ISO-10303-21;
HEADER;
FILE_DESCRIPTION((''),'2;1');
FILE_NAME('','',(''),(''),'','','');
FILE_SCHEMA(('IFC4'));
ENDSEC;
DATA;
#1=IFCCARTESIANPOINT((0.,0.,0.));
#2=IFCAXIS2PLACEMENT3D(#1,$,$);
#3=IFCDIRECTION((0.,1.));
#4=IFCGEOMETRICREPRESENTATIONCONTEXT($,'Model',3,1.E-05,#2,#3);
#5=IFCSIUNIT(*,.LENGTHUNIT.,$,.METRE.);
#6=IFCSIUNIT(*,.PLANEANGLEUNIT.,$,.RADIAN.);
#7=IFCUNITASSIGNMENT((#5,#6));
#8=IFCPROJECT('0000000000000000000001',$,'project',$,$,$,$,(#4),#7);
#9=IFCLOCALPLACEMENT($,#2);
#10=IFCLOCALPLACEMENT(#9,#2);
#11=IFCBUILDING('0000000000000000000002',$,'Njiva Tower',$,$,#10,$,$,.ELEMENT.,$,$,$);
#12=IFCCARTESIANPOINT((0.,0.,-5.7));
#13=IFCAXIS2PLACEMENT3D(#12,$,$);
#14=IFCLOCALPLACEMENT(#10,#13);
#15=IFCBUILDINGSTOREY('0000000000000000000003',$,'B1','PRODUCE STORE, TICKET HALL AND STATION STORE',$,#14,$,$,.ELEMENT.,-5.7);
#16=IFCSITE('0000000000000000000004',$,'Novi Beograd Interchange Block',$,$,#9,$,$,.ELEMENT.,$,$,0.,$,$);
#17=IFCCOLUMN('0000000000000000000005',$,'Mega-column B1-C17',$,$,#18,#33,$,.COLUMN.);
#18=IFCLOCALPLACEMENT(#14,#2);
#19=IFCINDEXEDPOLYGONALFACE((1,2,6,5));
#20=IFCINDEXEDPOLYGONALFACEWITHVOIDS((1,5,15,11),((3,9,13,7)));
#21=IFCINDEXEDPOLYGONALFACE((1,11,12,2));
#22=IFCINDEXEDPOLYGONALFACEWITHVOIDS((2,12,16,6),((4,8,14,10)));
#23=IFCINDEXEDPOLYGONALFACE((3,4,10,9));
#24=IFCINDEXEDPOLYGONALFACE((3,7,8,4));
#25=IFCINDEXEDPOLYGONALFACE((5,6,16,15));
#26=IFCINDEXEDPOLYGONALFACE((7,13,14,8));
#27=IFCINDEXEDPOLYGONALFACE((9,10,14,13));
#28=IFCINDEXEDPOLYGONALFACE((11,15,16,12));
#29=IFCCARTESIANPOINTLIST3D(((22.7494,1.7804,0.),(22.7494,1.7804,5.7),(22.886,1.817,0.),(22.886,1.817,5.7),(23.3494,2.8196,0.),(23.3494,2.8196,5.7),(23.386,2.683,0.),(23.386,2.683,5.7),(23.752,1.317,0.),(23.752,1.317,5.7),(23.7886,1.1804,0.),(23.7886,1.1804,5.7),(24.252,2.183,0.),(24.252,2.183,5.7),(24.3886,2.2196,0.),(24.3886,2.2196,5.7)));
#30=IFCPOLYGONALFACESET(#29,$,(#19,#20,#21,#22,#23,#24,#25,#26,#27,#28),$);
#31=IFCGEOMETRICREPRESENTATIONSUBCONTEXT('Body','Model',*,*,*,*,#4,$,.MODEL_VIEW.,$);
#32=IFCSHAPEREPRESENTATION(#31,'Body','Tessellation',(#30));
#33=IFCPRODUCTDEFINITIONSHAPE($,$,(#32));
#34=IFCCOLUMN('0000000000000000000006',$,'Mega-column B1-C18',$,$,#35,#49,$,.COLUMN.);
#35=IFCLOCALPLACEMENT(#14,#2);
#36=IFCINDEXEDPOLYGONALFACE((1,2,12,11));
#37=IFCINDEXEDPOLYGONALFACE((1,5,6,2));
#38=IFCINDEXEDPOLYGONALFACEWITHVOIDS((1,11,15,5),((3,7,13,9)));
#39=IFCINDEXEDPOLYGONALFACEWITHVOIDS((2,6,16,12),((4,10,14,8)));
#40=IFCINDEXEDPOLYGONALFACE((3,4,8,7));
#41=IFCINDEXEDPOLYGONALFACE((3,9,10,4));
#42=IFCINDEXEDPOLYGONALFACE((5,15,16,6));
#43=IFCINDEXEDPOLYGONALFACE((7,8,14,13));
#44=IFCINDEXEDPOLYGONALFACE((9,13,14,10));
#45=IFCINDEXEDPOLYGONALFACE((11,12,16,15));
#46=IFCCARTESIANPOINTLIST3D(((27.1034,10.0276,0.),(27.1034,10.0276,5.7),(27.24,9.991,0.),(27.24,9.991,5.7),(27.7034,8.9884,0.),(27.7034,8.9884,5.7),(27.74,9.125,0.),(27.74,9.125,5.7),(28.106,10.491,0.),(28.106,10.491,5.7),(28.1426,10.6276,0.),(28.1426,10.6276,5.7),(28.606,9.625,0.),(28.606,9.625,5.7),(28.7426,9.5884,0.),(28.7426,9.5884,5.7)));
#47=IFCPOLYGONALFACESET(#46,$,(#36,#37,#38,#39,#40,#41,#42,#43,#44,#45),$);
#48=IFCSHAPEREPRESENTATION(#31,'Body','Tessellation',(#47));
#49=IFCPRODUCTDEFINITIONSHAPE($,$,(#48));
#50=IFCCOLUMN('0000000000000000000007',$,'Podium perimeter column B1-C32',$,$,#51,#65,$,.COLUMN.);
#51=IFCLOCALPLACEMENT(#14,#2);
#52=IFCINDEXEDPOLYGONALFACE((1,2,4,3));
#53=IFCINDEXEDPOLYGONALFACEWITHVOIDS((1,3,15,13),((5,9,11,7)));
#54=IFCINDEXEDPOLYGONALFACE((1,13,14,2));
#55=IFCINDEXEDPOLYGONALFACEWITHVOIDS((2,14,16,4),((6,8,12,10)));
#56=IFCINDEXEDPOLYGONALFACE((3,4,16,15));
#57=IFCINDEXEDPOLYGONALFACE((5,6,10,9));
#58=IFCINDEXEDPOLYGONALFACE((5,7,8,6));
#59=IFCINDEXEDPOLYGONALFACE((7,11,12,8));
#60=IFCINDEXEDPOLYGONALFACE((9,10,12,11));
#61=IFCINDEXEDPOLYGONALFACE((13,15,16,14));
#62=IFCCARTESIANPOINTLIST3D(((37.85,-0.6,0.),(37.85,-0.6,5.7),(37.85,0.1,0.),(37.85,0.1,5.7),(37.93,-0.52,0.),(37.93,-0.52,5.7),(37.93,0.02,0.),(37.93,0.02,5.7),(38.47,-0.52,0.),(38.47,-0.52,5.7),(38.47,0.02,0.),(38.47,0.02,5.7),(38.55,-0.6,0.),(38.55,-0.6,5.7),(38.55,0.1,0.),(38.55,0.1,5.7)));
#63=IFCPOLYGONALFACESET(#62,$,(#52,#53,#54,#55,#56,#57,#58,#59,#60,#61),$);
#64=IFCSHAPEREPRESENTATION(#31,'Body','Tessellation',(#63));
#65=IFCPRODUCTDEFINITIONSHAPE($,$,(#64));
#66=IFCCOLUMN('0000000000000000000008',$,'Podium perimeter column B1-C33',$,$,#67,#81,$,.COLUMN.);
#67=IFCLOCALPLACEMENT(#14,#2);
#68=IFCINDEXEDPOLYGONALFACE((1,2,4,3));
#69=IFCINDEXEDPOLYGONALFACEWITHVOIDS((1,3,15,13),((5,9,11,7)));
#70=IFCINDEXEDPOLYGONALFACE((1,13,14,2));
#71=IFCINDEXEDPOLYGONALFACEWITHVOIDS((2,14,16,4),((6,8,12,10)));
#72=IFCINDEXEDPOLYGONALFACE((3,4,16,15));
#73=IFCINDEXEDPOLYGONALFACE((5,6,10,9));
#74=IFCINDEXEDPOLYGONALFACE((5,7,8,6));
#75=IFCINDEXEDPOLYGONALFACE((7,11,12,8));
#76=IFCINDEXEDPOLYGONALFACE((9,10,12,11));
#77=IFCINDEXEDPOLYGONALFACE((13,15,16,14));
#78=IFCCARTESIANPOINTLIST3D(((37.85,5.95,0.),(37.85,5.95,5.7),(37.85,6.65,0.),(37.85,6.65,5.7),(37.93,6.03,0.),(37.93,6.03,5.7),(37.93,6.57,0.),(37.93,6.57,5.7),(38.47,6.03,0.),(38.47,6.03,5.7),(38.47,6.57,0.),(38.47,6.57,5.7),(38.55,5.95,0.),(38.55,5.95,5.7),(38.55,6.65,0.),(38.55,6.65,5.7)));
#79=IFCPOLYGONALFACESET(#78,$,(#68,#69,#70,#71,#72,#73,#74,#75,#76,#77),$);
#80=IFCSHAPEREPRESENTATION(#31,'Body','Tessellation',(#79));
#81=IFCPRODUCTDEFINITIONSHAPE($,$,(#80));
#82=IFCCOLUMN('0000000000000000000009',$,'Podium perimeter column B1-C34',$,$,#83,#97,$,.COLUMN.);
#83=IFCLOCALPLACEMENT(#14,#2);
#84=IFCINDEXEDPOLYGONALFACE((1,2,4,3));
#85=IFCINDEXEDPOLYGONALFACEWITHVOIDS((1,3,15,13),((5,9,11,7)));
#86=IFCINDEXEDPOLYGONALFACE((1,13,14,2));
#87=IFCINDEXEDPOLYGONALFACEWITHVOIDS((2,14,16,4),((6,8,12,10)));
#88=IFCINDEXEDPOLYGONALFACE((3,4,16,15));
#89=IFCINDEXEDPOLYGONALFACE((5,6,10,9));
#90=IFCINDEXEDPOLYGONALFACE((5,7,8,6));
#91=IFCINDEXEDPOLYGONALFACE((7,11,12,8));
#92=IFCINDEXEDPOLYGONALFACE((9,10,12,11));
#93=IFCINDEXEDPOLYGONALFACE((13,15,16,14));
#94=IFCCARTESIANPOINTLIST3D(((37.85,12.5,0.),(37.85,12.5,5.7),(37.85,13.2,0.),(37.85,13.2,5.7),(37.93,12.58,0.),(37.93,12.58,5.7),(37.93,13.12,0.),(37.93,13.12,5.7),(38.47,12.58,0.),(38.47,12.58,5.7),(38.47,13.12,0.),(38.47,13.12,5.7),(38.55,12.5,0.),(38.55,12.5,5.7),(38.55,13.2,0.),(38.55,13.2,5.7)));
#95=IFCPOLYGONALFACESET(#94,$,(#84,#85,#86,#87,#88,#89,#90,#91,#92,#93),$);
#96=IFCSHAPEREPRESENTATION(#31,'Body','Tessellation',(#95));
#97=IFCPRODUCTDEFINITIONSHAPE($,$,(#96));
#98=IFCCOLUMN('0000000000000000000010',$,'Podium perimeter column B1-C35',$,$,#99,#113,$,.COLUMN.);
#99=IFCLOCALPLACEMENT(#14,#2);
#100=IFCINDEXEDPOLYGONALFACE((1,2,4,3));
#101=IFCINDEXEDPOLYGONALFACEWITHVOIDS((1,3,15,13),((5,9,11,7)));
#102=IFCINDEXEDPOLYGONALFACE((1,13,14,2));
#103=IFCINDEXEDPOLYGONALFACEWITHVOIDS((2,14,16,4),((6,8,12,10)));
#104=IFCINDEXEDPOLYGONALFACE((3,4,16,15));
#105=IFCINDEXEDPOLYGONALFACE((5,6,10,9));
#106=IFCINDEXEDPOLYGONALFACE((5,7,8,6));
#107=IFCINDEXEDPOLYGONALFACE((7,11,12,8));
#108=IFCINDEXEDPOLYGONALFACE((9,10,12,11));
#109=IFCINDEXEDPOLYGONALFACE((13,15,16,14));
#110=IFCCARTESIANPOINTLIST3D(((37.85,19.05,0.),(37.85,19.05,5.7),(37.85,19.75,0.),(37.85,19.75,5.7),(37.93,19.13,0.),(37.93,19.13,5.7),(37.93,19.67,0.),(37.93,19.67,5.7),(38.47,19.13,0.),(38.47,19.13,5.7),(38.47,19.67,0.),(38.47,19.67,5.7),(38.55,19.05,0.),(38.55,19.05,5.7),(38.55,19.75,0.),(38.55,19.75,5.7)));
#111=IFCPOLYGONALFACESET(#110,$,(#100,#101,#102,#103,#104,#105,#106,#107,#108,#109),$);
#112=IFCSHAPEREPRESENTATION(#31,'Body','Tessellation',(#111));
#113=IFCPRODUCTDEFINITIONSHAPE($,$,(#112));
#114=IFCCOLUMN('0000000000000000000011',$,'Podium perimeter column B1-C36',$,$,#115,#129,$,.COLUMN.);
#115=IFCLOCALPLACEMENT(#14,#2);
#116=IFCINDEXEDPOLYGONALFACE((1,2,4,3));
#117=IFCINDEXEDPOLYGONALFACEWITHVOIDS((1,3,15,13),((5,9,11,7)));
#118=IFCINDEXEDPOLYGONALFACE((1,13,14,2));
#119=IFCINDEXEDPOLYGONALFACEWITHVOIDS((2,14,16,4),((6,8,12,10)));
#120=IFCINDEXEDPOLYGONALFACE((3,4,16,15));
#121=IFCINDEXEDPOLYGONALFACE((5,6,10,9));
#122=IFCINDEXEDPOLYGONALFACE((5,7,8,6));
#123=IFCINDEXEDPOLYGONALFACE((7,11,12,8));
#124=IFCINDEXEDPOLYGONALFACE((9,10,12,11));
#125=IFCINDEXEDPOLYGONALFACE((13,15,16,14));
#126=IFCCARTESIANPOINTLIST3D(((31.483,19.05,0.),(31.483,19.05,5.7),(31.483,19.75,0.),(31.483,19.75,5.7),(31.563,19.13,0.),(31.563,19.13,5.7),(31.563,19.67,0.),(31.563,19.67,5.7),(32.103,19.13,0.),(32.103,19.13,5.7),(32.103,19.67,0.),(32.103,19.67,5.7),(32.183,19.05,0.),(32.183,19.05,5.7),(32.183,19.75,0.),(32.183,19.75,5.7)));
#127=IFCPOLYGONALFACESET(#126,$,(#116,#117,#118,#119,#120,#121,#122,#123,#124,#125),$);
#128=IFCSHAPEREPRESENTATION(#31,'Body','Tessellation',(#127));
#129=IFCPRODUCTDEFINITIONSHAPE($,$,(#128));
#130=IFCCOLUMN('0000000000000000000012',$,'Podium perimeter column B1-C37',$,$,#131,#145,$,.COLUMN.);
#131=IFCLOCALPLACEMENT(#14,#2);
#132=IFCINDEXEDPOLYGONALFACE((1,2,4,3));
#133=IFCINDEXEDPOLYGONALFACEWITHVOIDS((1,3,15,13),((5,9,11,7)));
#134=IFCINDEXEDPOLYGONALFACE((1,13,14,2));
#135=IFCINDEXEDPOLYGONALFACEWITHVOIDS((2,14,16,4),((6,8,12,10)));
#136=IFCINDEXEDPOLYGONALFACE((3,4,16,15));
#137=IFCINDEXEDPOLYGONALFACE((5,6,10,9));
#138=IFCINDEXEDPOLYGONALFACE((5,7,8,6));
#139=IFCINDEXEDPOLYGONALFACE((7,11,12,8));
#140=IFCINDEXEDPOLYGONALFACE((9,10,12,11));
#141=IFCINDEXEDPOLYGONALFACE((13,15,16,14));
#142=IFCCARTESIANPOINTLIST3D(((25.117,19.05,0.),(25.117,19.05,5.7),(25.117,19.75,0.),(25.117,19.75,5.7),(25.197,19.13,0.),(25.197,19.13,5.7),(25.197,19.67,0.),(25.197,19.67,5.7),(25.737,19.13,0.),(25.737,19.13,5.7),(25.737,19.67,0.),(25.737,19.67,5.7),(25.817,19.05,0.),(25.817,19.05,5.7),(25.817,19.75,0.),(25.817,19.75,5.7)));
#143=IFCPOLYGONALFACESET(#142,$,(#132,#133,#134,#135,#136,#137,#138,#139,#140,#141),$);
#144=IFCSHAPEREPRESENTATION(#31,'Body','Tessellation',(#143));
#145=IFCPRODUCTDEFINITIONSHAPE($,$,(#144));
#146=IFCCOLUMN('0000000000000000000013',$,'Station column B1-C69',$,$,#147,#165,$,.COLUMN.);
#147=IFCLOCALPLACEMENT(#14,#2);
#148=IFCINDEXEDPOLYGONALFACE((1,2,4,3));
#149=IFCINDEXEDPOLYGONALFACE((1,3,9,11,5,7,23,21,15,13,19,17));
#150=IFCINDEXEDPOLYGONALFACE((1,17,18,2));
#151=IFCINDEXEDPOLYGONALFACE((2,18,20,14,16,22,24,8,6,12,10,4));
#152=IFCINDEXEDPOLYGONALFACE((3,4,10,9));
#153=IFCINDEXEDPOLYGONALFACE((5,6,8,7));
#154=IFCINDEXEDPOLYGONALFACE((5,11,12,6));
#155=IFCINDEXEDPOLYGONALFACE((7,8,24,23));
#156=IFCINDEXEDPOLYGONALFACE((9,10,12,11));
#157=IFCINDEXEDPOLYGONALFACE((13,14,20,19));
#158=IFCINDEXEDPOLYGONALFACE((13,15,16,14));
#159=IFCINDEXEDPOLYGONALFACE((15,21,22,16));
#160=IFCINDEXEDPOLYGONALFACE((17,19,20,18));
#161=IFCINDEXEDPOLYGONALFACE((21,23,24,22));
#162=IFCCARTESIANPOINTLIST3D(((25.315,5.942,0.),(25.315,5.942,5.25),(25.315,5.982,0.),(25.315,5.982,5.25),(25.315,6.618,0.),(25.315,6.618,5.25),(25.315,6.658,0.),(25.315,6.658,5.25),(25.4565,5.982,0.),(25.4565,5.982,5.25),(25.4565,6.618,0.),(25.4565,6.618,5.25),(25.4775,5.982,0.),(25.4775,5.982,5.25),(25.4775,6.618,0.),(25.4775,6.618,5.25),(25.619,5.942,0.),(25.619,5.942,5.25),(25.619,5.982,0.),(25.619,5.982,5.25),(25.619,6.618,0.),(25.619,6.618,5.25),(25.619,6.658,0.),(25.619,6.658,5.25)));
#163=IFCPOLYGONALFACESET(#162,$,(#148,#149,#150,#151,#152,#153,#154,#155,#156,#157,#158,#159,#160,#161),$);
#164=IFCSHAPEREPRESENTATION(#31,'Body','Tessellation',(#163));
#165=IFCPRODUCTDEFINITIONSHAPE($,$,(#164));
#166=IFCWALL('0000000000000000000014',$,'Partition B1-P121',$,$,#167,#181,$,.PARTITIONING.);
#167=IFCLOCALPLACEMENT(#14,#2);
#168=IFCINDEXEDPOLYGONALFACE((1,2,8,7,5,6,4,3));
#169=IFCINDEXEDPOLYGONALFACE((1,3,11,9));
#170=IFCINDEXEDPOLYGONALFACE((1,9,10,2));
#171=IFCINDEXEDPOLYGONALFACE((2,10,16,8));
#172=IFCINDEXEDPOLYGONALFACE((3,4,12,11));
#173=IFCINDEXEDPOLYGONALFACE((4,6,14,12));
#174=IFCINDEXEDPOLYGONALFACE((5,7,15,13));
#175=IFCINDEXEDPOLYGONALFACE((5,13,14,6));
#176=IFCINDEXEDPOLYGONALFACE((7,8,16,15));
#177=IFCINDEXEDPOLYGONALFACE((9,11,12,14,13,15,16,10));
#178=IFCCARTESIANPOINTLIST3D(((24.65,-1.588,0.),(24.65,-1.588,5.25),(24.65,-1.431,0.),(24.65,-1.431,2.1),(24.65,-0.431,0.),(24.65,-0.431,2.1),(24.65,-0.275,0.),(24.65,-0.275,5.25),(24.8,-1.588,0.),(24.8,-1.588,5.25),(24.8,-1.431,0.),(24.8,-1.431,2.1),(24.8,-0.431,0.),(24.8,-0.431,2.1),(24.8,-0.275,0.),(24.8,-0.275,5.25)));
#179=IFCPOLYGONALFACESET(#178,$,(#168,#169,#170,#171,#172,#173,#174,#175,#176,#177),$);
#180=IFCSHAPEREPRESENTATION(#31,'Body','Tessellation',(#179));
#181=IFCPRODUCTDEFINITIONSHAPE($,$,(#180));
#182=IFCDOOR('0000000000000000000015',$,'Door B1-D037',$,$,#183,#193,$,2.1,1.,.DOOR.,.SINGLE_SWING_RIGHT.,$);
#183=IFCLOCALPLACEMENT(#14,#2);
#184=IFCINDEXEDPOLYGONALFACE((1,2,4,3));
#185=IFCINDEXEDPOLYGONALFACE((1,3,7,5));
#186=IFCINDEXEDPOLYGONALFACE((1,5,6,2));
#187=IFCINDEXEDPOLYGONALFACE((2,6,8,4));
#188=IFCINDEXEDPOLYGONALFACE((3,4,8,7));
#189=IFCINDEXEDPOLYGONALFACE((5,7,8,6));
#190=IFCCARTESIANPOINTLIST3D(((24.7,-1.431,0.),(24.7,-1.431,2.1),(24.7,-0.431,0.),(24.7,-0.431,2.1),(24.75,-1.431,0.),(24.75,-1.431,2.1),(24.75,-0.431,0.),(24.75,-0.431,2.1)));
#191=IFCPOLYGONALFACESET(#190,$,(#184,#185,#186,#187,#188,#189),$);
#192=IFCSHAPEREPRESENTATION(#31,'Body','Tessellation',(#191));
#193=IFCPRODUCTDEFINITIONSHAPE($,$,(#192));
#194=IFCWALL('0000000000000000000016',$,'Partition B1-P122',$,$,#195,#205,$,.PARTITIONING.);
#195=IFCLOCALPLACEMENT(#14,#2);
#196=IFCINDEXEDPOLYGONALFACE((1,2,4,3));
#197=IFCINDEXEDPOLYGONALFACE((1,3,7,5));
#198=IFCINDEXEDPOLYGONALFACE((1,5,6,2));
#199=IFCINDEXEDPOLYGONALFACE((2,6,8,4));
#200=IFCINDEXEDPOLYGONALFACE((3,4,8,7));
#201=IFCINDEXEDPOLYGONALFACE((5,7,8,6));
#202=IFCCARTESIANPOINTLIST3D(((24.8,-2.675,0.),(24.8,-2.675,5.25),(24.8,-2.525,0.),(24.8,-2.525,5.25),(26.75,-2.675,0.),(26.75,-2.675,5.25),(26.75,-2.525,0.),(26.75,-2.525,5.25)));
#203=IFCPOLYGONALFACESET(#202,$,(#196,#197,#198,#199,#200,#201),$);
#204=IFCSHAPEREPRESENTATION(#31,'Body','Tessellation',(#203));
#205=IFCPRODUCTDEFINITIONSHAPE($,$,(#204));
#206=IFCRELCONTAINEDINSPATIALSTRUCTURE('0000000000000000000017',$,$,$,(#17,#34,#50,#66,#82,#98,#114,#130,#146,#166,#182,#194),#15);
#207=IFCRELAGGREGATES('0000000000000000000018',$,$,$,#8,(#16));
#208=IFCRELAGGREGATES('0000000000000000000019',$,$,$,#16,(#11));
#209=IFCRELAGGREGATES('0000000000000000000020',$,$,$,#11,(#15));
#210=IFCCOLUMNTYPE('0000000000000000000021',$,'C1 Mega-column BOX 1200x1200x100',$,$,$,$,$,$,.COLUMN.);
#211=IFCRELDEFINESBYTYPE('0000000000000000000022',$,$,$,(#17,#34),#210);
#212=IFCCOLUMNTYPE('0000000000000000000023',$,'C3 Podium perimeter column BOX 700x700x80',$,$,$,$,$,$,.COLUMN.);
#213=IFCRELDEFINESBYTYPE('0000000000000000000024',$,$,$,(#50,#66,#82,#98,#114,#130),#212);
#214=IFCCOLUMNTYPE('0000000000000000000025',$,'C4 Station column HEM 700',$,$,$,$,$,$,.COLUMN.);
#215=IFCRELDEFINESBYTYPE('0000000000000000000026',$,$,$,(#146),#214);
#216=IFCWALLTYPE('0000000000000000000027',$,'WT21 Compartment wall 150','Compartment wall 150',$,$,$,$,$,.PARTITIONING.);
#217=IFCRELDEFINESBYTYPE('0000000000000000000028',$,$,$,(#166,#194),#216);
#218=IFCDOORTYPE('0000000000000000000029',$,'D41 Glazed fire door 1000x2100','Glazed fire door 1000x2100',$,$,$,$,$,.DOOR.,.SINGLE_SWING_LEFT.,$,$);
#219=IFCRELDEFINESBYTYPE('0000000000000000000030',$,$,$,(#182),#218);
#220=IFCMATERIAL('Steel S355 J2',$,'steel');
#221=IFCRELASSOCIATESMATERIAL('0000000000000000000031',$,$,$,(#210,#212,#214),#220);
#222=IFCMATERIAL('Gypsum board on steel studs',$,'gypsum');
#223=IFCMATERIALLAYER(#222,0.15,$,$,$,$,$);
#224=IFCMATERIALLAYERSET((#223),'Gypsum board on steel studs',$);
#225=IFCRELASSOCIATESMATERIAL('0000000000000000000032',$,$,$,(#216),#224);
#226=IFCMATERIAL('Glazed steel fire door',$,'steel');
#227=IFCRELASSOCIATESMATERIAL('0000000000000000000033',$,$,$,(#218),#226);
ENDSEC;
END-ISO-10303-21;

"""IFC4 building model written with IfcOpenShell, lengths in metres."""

from ifc_helpers import new_model, si_unit, direction, frame, frame_2d, origin, origin_2d, place, context, subcontext, project, spatial, rectangle, hollow_rectangle, i_section, extrude, material, layer, layer_set, material_profile, profile_set, type_object, element, fill, save


model = new_model("IFC4")

# Units and contexts
model_context = context("Model", 3, precision=1e-05, world=origin(), true_north=direction((0.0, 1.0)))
body_context = subcontext(model_context, "Body", "Model", "MODEL_VIEW")
ifc_project = project(units=[si_unit("LENGTHUNIT", "METRE"), si_unit("PLANEANGLEUNIT", "RADIAN")], contexts=[model_context])

# Site, building, storey
site_placement = place(None, origin())
site = spatial("IfcSite", under=ifc_project, at=site_placement, Name="Novi Beograd Interchange Block", CompositionType="ELEMENT", RefElevation=0.0)
building_placement = place(site_placement, origin())
building = spatial("IfcBuilding", under=site, at=building_placement, Name="Njiva Tower", CompositionType="ELEMENT")
storey_placement = place(building_placement, frame((0.0, 0.0, -5.7)))
storey = spatial("IfcBuildingStorey", under=building, at=storey_placement, Name="B1", Description="PRODUCE STORE, TICKET HALL AND STATION STORE", CompositionType="ELEMENT", Elevation=-5.7)

# Columns
ifc_material_1 = material(Name="Steel S355 J2", Category="steel")
ifc_material_profile_1 = material_profile(ifc_material_1, hollow_rectangle(XDim=1.2, YDim=1.2, WallThickness=0.1, at=origin_2d()), Name="BOX 1200x1200x100")
ifc_profile_set_1 = profile_set([ifc_material_profile_1], Name="Steel S355 J2")
column_type_1 = type_object("IfcColumnType", Name="C1 Mega-column BOX 1200x1200x100", PredefinedType="COLUMN", material=ifc_profile_set_1)
for number, where, z_axis, x_axis, name in (
    (1, (23.569, 2.0, 0.0), (0.0, 0.0, 1.0), (0.5, 0.866025, 0.0), "Mega-column B1-C17"),
    (2, (27.923, 9.808, 0.0), (0.0, 0.0, 1.0), (-0.5, 0.866025, 0.0), "Mega-column B1-C18"),
):
    element("IfcColumn", number, at=place(storey_placement, frame(where, z_axis=z_axis, x_axis=x_axis)), inside=storey, type_object=column_type_1, Name=name, PredefinedType="COLUMN", context=body_context, shape_type="SweptSolid", body=[
        extrude(hollow_rectangle(XDim=1.2, YDim=1.2, WallThickness=0.1, at=origin_2d()), origin(), (0.0, 0.0, 1.0), 5.7),
    ])
ifc_material_profile_2 = material_profile(ifc_material_1, hollow_rectangle(XDim=0.7, YDim=0.7, WallThickness=0.08, at=origin_2d()), Name="BOX 700x700x80")
ifc_profile_set_2 = profile_set([ifc_material_profile_2], Name="Steel S355 J2")
column_type_2 = type_object("IfcColumnType", Name="C3 Podium perimeter column BOX 700x700x80", PredefinedType="COLUMN", material=ifc_profile_set_2)
for number, where, z_axis, x_axis, name in (
    (3, (38.2, -0.25, 0.0), (0.0, 0.0, 1.0), (0.0, 1.0, 0.0), "Podium perimeter column B1-C32"),
    (4, (38.2, 6.3, 0.0), (0.0, 0.0, 1.0), (0.0, 1.0, 0.0), "Podium perimeter column B1-C33"),
    (5, (38.2, 12.85, 0.0), (0.0, 0.0, 1.0), (0.0, 1.0, 0.0), "Podium perimeter column B1-C34"),
    (6, (38.2, 19.4, 0.0), (0.0, 0.0, 1.0), (-1.0, 0.0, 0.0), "Podium perimeter column B1-C35"),
    (7, (31.833, 19.4, 0.0), (0.0, 0.0, 1.0), (-1.0, 0.0, 0.0), "Podium perimeter column B1-C36"),
    (8, (25.467, 19.4, 0.0), (0.0, 0.0, 1.0), (-1.0, 0.0, 0.0), "Podium perimeter column B1-C37"),
):
    element("IfcColumn", number, at=place(storey_placement, frame(where, z_axis=z_axis, x_axis=x_axis)), inside=storey, type_object=column_type_2, Name=name, PredefinedType="COLUMN", context=body_context, shape_type="SweptSolid", body=[
        extrude(hollow_rectangle(XDim=0.7, YDim=0.7, WallThickness=0.08, at=origin_2d()), origin(), (0.0, 0.0, 1.0), 5.7),
    ])
ifc_material_profile_3 = material_profile(ifc_material_1, i_section(OverallWidth=0.304, OverallDepth=0.716, WebThickness=0.021, FlangeThickness=0.04, at=origin_2d()), Name="HEM 700")
ifc_profile_set_3 = profile_set([ifc_material_profile_3], Name="Steel S355 J2")
column_type_3 = type_object("IfcColumnType", Name="C4 Station column HEM 700", PredefinedType="COLUMN", material=ifc_profile_set_3)
column_placement = place(storey_placement, frame((25.467, 6.3, 0.0), z_axis=(0.0, 0.0, 1.0), x_axis=(1.0, 0.0, 0.0)))
element("IfcColumn", 9, at=column_placement, inside=storey, type_object=column_type_3, Name="Station column B1-C69", PredefinedType="COLUMN", context=body_context, shape_type="SweptSolid", body=[
    extrude(i_section(OverallWidth=0.304, OverallDepth=0.716, WebThickness=0.021, FlangeThickness=0.04, at=origin_2d()), origin(), (0.0, 0.0, 1.0), 5.25),
])

# Wall, opening, door
ifc_material_2 = material(Name="Gypsum board on steel studs", Category="gypsum")
ifc_layer_1 = layer(ifc_material_2, 0.15)
ifc_layer_set_1 = layer_set([ifc_layer_1], Name="Gypsum board on steel studs")
wall_type_1 = type_object("IfcWallType", Name="WT21 Compartment wall 150", Description="Compartment wall 150", PredefinedType="PARTITIONING", material=ifc_layer_set_1)
wall_1_placement = place(storey_placement, frame((24.725, -1.588, 0.0), z_axis=(0.0, 0.0, 1.0), x_axis=(0.0, 1.0, 0.0)))
wall_1 = element("IfcWall", 10, at=wall_1_placement, inside=storey, type_object=wall_type_1, Name="Partition B1-P121", PredefinedType="PARTITIONING", context=body_context, shape_type="SweptSolid", body=[
    extrude(rectangle(XDim=1.313, YDim=0.15, at=frame_2d((0.6565, 0.0))), origin(), (0.0, 0.0, 1.0), 5.25),
])
opening_placement = place(wall_1_placement, frame((0.157, 0.0, 0.0)))
opening = element("IfcOpeningElement", 11, at=opening_placement, cuts=wall_1, PredefinedType="OPENING", context=body_context, shape_type="SweptSolid", body=[
    extrude(rectangle(XDim=1.0, YDim=2.1, at=frame_2d((0.5, 1.05))), frame((0.0, 0.085, 0.0), z_axis=(0.0, -1.0, 0.0), x_axis=(1.0, 0.0, 0.0)), (0.0, 0.0, 1.0), 0.17),
])
ifc_material_3 = material(Name="Glazed steel fire door", Category="steel")
door_type = type_object("IfcDoorType", Name="D41 Glazed fire door 1000x2100", Description="Glazed fire door 1000x2100", OperationType="SINGLE_SWING_LEFT", PredefinedType="DOOR", material=ifc_material_3)
door_placement = place(opening_placement, origin())
door = element("IfcDoor", 12, at=door_placement, inside=storey, type_object=door_type, Name="Door B1-D037", OperationType="SINGLE_SWING_RIGHT", OverallHeight=2.1, OverallWidth=1.0, PredefinedType="DOOR", context=body_context, shape_type="SweptSolid", body=[
    extrude(rectangle(XDim=1.0, YDim=2.1, at=frame_2d((0.5, 1.05))), frame((0.0, 0.025, 0.0), z_axis=(0.0, -1.0, 0.0), x_axis=(1.0, 0.0, 0.0)), (0.0, 0.0, 1.0), 0.05),
])
fill(opening, door)

# Wall
wall_2_placement = place(storey_placement, frame((24.8, -2.6, 0.0), z_axis=(0.0, 0.0, 1.0), x_axis=(1.0, 0.0, 0.0)))
element("IfcWall", 13, at=wall_2_placement, inside=storey, type_object=wall_type_1, Name="Partition B1-P122", PredefinedType="PARTITIONING", context=body_context, shape_type="SweptSolid", body=[
    extrude(rectangle(XDim=1.95, YDim=0.15, at=frame_2d((0.975, 0.0))), origin(), (0.0, 0.0, 1.0), 5.25),
])

save(model, "model.ifc")
